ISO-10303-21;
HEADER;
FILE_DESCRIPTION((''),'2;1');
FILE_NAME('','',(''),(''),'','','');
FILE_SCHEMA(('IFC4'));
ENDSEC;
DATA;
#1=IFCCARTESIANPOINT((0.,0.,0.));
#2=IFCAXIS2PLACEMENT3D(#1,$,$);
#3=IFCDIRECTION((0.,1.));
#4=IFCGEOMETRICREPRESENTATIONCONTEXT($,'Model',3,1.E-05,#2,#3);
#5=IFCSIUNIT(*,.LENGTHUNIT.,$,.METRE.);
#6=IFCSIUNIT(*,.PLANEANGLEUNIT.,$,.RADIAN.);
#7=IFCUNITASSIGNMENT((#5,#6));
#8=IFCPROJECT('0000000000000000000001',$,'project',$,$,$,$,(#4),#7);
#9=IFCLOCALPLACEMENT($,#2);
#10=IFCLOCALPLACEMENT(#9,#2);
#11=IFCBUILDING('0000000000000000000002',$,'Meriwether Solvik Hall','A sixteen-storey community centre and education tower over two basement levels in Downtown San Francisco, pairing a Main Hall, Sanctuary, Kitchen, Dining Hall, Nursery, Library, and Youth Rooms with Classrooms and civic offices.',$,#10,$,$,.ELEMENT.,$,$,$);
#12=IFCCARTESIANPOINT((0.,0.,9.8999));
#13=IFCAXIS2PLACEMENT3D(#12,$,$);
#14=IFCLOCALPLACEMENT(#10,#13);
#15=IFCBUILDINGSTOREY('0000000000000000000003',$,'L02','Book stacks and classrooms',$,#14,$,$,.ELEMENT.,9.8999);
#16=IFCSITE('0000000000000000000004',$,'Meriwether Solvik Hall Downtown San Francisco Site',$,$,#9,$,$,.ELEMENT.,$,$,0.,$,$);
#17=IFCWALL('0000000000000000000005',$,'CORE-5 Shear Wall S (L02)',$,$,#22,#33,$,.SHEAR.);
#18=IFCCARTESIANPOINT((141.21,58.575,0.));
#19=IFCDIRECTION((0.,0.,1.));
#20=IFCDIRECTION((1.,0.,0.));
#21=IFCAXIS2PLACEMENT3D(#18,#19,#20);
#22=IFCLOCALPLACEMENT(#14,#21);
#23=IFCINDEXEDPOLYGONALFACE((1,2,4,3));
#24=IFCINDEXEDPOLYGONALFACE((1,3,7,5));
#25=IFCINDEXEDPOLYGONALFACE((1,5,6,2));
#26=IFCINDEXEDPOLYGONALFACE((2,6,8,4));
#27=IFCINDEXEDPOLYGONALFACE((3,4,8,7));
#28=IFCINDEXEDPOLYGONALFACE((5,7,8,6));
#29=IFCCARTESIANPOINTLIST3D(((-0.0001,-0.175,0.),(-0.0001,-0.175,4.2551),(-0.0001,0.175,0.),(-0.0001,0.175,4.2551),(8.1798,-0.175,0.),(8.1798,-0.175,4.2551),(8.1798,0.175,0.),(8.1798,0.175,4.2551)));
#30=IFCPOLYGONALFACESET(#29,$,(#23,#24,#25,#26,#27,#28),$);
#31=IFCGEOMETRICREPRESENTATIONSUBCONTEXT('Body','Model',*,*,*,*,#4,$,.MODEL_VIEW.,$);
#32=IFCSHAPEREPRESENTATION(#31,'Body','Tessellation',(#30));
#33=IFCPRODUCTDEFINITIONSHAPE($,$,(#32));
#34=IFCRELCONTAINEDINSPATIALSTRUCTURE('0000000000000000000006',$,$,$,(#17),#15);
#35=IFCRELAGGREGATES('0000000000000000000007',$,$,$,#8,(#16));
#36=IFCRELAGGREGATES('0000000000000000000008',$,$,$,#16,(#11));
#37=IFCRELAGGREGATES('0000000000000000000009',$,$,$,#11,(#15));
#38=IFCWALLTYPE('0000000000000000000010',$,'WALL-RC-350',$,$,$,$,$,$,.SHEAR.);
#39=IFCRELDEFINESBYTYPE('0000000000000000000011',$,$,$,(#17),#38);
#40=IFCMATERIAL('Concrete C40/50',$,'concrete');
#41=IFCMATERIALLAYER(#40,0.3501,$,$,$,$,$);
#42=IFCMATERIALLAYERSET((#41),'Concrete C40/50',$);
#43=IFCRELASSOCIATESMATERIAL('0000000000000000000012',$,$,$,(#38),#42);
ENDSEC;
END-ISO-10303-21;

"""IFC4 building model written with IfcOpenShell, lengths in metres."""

from ifc_helpers import new_model, si_unit, direction, frame, frame_2d, origin, place, context, subcontext, project, spatial, rectangle, extrude, material, layer, layer_set, type_object, element, save


model = new_model("IFC4")

# Units and contexts
model_context = context("Model", 3, precision=1e-05, world=origin(), true_north=direction((0.0, 1.0)))
body_context = subcontext(model_context, "Body", "Model", "MODEL_VIEW")
ifc_project = project(units=[si_unit("LENGTHUNIT", "METRE"), si_unit("PLANEANGLEUNIT", "RADIAN")], contexts=[model_context])

# Site, building, storey
site_placement = place(None, origin())
site = spatial("IfcSite", under=ifc_project, at=site_placement, Name="Meriwether Solvik Hall Downtown San Francisco Site", CompositionType="ELEMENT", RefElevation=0.0)
building_placement = place(site_placement, origin())
building = spatial("IfcBuilding", under=site, at=building_placement, Name="Meriwether Solvik Hall", Description="A sixteen-storey community centre and education tower over two basement levels in Downtown San Francisco, pairing a Main Hall, Sanctuary, Kitchen, Dining Hall, Nursery, Library, and Youth Rooms with Classrooms and civic offices.", CompositionType="ELEMENT")
storey_placement = place(building_placement, frame((0.0, 0.0, 9.8999)))
storey = spatial("IfcBuildingStorey", under=building, at=storey_placement, Name="L02", Description="Book stacks and classrooms", CompositionType="ELEMENT", Elevation=9.8999)

# Shared definitions
ifc_material_1 = material(Name="Concrete C40/50", Category="concrete")
ifc_layer_1 = layer(ifc_material_1, 0.3501)
ifc_layer_set_1 = layer_set([ifc_layer_1], Name="Concrete C40/50")
wall_type_1 = type_object("IfcWallType", Name="WALL-RC-350", PredefinedType="SHEAR", material=ifc_layer_set_1)

# Wall
wall_1_placement = place(storey_placement, frame((141.21, 58.575, 0.0), z_axis=(0.0, 0.0, 1.0), x_axis=(1.0, 0.0, 0.0)))
element("IfcWall", 1, at=wall_1_placement, inside=storey, type_object=wall_type_1, Name="CORE-5 Shear Wall S (L02)", PredefinedType="SHEAR", context=body_context, shape_type="SweptSolid", body=[
    extrude(rectangle(XDim=8.1799, YDim=0.3501, at=frame_2d((4.0898, 0.0))), origin(), (0.0, 0.0, 1.0), 4.2551),
])

save(model, "model.ifc")
